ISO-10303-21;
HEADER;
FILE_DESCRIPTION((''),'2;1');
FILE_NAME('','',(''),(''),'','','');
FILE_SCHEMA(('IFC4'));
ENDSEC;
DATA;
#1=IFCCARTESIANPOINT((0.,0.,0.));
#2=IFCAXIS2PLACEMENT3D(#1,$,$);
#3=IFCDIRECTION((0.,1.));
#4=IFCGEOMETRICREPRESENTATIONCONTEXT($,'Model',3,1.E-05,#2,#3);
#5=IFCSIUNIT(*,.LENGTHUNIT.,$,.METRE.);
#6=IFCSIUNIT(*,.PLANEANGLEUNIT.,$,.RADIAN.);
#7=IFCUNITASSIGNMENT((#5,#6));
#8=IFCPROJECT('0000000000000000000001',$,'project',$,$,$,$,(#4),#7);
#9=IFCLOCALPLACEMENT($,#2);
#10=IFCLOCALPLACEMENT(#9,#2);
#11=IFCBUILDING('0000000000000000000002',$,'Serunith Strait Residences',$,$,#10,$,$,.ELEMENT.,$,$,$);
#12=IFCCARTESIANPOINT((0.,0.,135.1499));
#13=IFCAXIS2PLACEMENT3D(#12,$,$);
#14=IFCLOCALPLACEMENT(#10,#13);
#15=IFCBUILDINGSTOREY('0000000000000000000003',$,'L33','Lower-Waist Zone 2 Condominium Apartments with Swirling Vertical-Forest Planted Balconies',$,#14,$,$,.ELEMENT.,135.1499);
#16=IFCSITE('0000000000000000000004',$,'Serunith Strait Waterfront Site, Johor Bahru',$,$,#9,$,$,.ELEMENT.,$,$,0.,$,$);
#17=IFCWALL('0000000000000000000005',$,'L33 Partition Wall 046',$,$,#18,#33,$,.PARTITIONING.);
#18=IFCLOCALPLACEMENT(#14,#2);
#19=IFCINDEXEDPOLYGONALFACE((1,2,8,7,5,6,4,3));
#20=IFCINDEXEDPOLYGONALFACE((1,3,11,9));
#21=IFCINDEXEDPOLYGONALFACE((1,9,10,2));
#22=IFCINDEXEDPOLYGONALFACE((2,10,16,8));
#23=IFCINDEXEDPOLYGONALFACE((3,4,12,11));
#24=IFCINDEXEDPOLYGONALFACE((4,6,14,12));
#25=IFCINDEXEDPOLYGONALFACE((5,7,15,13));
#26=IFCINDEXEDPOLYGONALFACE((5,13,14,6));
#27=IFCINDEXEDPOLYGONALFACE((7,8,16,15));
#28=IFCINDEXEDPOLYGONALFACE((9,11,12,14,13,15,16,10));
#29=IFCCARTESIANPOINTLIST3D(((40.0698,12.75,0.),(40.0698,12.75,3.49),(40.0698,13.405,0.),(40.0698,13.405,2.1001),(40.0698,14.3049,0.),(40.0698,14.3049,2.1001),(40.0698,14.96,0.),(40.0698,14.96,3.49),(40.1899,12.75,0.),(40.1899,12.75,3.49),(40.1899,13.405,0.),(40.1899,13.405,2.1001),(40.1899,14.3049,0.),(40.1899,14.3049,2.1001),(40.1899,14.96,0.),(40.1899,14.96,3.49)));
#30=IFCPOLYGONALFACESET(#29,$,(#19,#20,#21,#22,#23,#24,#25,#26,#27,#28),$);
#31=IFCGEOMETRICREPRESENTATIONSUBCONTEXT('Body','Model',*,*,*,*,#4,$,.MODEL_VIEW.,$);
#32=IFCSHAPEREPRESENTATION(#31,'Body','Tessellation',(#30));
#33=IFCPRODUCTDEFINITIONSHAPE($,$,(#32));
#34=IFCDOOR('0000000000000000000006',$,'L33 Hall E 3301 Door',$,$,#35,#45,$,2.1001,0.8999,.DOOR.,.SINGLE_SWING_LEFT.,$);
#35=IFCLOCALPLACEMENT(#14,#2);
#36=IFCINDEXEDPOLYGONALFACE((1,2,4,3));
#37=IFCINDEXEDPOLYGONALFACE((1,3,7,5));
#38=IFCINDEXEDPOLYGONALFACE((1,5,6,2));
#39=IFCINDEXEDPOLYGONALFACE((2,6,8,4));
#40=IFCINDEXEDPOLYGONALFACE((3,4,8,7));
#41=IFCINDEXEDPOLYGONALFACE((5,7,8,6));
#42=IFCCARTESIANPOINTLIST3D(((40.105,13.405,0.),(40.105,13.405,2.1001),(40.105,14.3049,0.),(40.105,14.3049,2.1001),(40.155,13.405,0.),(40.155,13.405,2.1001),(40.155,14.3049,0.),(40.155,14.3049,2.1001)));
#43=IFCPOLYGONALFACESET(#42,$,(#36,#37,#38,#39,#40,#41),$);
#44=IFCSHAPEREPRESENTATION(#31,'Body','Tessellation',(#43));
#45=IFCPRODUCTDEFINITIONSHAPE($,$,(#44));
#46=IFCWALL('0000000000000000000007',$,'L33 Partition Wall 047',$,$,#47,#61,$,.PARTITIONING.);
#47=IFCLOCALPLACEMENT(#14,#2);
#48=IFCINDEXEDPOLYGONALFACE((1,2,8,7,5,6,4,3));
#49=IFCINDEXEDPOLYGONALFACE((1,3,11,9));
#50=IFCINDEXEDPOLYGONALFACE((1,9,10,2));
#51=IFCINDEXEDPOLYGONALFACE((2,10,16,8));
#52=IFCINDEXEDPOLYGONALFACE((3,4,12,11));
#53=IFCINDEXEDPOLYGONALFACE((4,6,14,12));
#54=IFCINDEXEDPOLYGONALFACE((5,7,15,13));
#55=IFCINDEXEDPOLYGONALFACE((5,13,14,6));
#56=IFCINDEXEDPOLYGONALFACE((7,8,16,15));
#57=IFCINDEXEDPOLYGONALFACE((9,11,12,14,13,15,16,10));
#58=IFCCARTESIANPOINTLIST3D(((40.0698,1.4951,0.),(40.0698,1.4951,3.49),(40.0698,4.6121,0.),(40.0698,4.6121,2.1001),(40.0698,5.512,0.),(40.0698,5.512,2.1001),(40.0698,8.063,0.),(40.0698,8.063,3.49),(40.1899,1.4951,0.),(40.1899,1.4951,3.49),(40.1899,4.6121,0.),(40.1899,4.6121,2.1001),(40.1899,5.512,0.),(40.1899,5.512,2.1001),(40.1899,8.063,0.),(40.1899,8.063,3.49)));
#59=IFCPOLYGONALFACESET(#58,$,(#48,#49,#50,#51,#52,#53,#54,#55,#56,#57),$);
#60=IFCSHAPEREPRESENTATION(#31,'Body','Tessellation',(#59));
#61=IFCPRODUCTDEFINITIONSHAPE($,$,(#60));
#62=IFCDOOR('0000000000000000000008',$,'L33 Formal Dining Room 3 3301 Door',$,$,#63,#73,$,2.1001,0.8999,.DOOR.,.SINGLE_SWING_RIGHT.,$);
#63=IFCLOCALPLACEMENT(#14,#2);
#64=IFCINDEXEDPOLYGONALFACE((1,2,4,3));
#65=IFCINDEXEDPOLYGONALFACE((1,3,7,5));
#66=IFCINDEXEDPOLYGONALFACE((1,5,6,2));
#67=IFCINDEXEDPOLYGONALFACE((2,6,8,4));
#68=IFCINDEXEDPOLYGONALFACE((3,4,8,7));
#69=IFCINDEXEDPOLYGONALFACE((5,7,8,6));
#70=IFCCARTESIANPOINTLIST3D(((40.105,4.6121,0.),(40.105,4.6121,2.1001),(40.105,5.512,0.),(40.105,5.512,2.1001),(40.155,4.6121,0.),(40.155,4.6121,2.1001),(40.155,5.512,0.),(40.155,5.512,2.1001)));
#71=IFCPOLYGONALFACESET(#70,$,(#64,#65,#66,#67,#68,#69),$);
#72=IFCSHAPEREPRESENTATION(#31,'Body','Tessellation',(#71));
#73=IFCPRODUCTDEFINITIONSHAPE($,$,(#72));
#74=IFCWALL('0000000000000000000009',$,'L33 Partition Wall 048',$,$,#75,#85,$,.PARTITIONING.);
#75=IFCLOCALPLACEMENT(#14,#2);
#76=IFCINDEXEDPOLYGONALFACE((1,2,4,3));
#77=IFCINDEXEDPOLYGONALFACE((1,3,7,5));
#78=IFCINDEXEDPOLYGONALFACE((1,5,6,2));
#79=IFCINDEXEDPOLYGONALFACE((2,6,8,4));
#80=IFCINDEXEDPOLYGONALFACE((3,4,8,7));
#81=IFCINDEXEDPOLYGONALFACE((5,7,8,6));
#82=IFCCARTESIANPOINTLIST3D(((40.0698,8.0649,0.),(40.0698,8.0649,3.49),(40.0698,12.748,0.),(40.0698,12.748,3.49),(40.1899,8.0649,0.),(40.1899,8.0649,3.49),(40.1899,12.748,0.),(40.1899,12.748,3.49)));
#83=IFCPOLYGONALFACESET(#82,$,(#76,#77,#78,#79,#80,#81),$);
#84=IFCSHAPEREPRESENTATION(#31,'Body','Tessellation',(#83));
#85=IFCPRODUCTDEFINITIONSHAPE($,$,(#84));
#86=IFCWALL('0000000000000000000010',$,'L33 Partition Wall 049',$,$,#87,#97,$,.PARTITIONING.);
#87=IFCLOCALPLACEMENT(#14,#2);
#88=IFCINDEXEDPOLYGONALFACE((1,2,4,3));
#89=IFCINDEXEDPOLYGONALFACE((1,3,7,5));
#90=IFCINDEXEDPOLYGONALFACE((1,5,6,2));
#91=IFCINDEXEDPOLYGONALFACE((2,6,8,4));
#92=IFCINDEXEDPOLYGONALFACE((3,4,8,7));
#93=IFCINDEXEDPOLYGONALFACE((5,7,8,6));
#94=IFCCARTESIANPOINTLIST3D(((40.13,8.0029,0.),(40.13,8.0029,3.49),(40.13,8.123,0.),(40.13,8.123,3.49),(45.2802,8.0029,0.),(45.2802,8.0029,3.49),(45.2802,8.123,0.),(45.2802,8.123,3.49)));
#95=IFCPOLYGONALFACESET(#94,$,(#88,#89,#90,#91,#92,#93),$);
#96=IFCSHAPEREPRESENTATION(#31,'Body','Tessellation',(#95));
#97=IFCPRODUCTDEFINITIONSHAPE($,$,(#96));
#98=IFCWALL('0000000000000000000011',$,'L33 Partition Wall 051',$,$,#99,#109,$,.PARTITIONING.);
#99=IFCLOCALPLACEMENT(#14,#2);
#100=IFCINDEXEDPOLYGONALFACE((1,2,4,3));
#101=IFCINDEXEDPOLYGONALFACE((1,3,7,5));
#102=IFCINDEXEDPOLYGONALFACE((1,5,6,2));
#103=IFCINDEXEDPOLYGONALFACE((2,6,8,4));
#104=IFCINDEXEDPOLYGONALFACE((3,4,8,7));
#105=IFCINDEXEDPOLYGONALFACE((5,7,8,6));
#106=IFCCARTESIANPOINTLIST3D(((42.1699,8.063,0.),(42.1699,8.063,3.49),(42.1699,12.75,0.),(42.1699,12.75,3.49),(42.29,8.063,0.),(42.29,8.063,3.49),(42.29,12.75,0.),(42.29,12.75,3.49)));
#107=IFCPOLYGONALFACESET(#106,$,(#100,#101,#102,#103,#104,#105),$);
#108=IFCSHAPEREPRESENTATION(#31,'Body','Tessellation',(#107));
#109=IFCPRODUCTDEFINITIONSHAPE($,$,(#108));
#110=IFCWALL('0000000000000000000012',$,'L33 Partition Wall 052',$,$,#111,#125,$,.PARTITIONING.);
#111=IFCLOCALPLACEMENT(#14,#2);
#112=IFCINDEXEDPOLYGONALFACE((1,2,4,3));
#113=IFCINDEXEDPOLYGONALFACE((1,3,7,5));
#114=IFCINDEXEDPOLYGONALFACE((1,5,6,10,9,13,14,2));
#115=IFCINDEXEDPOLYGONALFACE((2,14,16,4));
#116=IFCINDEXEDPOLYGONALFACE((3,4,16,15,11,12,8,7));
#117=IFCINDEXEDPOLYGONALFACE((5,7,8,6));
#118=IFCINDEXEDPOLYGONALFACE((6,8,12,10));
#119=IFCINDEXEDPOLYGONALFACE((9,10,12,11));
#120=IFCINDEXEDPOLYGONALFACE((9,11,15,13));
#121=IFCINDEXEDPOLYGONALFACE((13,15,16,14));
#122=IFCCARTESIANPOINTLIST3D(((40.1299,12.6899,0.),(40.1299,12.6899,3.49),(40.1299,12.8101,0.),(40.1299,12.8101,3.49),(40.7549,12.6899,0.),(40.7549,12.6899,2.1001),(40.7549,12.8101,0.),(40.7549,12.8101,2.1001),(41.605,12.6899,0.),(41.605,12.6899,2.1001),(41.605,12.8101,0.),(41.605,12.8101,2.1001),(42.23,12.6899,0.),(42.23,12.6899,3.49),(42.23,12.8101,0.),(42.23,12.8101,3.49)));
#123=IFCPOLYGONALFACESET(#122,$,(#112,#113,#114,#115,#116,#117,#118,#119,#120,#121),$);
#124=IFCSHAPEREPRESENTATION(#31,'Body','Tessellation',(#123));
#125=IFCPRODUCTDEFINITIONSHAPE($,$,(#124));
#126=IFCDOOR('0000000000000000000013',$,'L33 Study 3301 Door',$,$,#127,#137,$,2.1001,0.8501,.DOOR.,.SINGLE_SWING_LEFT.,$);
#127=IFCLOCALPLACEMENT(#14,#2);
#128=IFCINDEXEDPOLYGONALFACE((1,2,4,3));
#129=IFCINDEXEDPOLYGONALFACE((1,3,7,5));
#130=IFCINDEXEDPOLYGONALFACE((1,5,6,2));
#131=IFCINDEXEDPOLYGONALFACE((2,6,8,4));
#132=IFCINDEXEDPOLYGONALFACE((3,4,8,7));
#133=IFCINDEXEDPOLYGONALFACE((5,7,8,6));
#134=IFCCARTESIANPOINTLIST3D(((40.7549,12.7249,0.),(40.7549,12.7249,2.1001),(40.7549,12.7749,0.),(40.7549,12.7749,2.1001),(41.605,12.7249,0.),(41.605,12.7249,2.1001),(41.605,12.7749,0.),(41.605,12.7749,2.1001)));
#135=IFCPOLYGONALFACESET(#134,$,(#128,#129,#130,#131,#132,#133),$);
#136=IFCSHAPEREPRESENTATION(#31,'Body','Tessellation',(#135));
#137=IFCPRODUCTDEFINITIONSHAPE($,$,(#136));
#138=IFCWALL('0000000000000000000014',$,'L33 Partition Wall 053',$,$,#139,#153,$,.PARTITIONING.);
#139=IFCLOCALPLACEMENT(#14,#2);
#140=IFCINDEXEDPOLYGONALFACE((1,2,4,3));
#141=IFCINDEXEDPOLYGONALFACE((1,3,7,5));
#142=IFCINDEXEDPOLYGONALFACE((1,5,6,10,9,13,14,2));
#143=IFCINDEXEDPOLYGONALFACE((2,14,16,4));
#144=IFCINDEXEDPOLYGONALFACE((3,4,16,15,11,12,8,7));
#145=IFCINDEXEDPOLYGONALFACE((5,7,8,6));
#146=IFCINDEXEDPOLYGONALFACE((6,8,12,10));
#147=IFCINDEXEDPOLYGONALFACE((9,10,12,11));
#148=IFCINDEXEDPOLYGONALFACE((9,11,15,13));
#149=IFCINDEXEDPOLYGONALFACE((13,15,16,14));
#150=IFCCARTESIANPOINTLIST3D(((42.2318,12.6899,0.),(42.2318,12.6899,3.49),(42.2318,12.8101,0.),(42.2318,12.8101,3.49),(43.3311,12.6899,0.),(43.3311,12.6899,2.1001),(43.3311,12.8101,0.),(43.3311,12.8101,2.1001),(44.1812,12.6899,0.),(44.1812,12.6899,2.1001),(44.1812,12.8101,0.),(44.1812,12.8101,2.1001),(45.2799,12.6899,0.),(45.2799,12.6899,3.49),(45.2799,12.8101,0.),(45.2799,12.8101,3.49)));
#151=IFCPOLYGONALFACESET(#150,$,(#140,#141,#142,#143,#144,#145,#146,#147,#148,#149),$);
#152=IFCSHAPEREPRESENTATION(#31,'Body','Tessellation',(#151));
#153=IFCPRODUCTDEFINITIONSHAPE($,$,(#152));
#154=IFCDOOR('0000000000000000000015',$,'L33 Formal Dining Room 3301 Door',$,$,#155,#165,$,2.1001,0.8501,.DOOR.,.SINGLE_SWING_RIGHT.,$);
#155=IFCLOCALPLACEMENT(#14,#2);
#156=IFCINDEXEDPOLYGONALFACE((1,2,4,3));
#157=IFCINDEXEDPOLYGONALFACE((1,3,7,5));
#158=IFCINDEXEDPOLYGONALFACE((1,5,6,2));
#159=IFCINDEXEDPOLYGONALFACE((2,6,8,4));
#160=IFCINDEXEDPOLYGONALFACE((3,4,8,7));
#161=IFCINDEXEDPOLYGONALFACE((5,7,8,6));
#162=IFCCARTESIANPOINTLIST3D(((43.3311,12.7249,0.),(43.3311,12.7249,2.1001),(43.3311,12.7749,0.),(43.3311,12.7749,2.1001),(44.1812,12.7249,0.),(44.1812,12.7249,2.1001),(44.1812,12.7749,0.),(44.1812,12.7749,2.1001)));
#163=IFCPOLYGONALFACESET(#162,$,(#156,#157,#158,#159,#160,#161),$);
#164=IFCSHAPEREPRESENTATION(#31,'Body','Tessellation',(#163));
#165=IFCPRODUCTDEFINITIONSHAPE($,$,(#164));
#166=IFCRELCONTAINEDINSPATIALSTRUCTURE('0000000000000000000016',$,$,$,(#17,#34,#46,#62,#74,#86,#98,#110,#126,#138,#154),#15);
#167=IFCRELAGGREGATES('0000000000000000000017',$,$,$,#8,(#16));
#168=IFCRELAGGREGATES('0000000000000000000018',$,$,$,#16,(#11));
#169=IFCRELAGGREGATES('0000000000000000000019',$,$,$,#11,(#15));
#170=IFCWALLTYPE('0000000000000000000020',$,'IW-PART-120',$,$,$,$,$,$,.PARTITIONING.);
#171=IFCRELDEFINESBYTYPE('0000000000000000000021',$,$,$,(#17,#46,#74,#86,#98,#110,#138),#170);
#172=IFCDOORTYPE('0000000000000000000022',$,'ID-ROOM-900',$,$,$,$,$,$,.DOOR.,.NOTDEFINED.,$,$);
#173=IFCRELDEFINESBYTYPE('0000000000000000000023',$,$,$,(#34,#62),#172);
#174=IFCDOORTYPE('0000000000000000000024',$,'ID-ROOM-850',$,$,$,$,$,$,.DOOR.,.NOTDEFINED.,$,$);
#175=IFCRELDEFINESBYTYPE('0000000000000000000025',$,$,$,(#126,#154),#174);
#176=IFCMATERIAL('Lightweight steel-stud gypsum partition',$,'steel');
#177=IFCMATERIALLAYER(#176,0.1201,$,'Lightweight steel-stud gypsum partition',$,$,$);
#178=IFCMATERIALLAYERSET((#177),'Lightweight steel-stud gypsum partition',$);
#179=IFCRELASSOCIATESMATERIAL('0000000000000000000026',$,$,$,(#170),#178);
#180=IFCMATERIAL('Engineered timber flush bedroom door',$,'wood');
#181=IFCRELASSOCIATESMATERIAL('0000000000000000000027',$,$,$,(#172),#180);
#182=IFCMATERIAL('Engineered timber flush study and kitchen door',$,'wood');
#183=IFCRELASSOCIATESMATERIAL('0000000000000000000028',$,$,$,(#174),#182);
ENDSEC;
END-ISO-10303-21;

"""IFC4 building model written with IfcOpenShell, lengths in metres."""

from ifc_helpers import new_model, si_unit, direction, frame, frame_2d, origin, place, context, subcontext, project, spatial, rectangle, extrude, source, transform, mapped, material, layer, layer_set, type_object, element, fill, save


model = new_model("IFC4")

# Units and contexts
model_context = context("Model", 3, precision=1e-05, world=origin(), true_north=direction((0.0, 1.0)))
body_context = subcontext(model_context, "Body", "Model", "MODEL_VIEW")
ifc_project = project(units=[si_unit("LENGTHUNIT", "METRE"), si_unit("PLANEANGLEUNIT", "RADIAN")], contexts=[model_context])

# Site, building, storey
site_placement = place(None, origin())
site = spatial("IfcSite", under=ifc_project, at=site_placement, Name="Serunith Strait Waterfront Site, Johor Bahru", CompositionType="ELEMENT", RefElevation=0.0)
building_placement = place(site_placement, origin())
building = spatial("IfcBuilding", under=site, at=building_placement, Name="Serunith Strait Residences", CompositionType="ELEMENT")
storey_placement = place(building_placement, frame((0.0, 0.0, 135.1499)))
storey = spatial("IfcBuildingStorey", under=building, at=storey_placement, Name="L33", Description="Lower-Waist Zone 2 Condominium Apartments with Swirling Vertical-Forest Planted Balconies", CompositionType="ELEMENT", Elevation=135.1499)

# Shared definitions
ifc_material_1 = material(Name="Lightweight steel-stud gypsum partition", Category="steel")
ifc_layer_1 = layer(ifc_material_1, 0.1201, Name="Lightweight steel-stud gypsum partition")
ifc_layer_set_1 = layer_set([ifc_layer_1], Name="Lightweight steel-stud gypsum partition")
wall_type = type_object("IfcWallType", Name="IW-PART-120", PredefinedType="PARTITIONING", material=ifc_layer_set_1)

# Walls, openings, doors
wall_1_placement = place(storey_placement, frame((40.1299, 12.75, 0.0), z_axis=(0.0, 0.0, 1.0), x_axis=(0.0, 1.0, 0.0)))
wall_1 = element("IfcWall", 1, at=wall_1_placement, inside=storey, type_object=wall_type, Name="L33 Partition Wall 046", PredefinedType="PARTITIONING", context=body_context, shape_type="SweptSolid", body=[
    extrude(rectangle(XDim=2.21, YDim=0.1201, at=frame_2d((1.105, 0.0))), origin(), (0.0, 0.0, 1.0), 3.49),
])
opening_1_placement = place(wall_1_placement, frame((0.655, 0.0, 0.0)))
opening_1 = element("IfcOpeningElement", 2, at=opening_1_placement, cuts=wall_1, PredefinedType="OPENING", context=body_context, shape_type="SweptSolid", body=[
    extrude(rectangle(XDim=0.8999, YDim=2.1001, at=frame_2d((0.45, 1.05))), frame((0.0, 0.0701, 0.0), z_axis=(0.0, -1.0, 0.0), x_axis=(1.0, 0.0, 0.0)), (0.0, 0.0, 1.0), 0.1401),
])
ifc_material_2 = material(Name="Engineered timber flush bedroom door", Category="wood")
door_type_1 = type_object("IfcDoorType", Name="ID-ROOM-900", OperationType="NOTDEFINED", PredefinedType="DOOR", material=ifc_material_2)
shared_shape_1 = source(origin(), body_context, "Body", "SweptSolid", [
    extrude(rectangle(XDim=0.8999, YDim=2.1001, at=frame_2d((0.45, 1.05))), frame((0.0, 0.0249, 0.0), z_axis=(0.0, -1.0, 0.0), x_axis=(1.0, 0.0, 0.0)), (0.0, 0.0, 1.0), 0.05),
])
door_1_placement = place(opening_1_placement, origin())
door_1 = element("IfcDoor", 3, at=door_1_placement, inside=storey, type_object=door_type_1, Name="L33 Hall E 3301 Door", OperationType="SINGLE_SWING_LEFT", OverallHeight=2.1001, OverallWidth=0.8999, PredefinedType="DOOR", context=body_context, shape_type="MappedRepresentation", body=[
    mapped(shared_shape_1, transform((0.0, 0.0, 0.0), scale=1.0)),
])
fill(opening_1, door_1)
wall_2_placement = place(storey_placement, frame((40.1299, 1.4951, 0.0), z_axis=(0.0, 0.0, 1.0), x_axis=(0.0, 1.0, 0.0)))
wall_2 = element("IfcWall", 4, at=wall_2_placement, inside=storey, type_object=wall_type, Name="L33 Partition Wall 047", PredefinedType="PARTITIONING", context=body_context, shape_type="SweptSolid", body=[
    extrude(rectangle(XDim=6.5679, YDim=0.1201, at=frame_2d((3.2839, 0.0))), origin(), (0.0, 0.0, 1.0), 3.49),
])
opening_2_placement = place(wall_2_placement, frame((3.1169, 0.0, 0.0)))
opening_2 = element("IfcOpeningElement", 5, at=opening_2_placement, cuts=wall_2, PredefinedType="OPENING", context=body_context, shape_type="SweptSolid", body=[
    extrude(rectangle(XDim=0.8999, YDim=2.1001, at=frame_2d((0.45, 1.05))), frame((0.0, 0.0701, 0.0), z_axis=(0.0, -1.0, 0.0), x_axis=(1.0, 0.0, 0.0)), (0.0, 0.0, 1.0), 0.1401),
])
door_2_placement = place(opening_2_placement, origin())
door_2 = element("IfcDoor", 6, at=door_2_placement, inside=storey, type_object=door_type_1, Name="L33 Formal Dining Room 3 3301 Door", OperationType="SINGLE_SWING_RIGHT", OverallHeight=2.1001, OverallWidth=0.8999, PredefinedType="DOOR", context=body_context, shape_type="MappedRepresentation", body=[
    mapped(shared_shape_1, transform((0.0, 0.0, 0.0), scale=1.0)),
])
fill(opening_2, door_2)

# Walls
wall_3_placement = place(storey_placement, frame((40.1299, 8.0649, 0.0), z_axis=(0.0, 0.0, 1.0), x_axis=(0.0, 1.0, 0.0)))
element("IfcWall", 7, at=wall_3_placement, inside=storey, type_object=wall_type, Name="L33 Partition Wall 048", PredefinedType="PARTITIONING", context=body_context, shape_type="SweptSolid", body=[
    extrude(rectangle(XDim=4.6831, YDim=0.1201, at=frame_2d((2.3416, 0.0))), origin(), (0.0, 0.0, 1.0), 3.49),
])
wall_4_placement = place(storey_placement, frame((40.1299, 8.063, 0.0), z_axis=(0.0, 0.0, 1.0), x_axis=(1.0, 0.0, 0.0)))
element("IfcWall", 8, at=wall_4_placement, inside=storey, type_object=wall_type, Name="L33 Partition Wall 049", PredefinedType="PARTITIONING", context=body_context, shape_type="SweptSolid", body=[
    extrude(rectangle(XDim=5.1501, YDim=0.1201, at=frame_2d((2.5752, 0.0))), origin(), (0.0, 0.0, 1.0), 3.49),
])
wall_5_placement = place(storey_placement, frame((42.23, 8.063, 0.0), z_axis=(0.0, 0.0, 1.0), x_axis=(0.0, 1.0, 0.0)))
element("IfcWall", 9, at=wall_5_placement, inside=storey, type_object=wall_type, Name="L33 Partition Wall 051", PredefinedType="PARTITIONING", context=body_context, shape_type="SweptSolid", body=[
    extrude(rectangle(XDim=4.687, YDim=0.1201, at=frame_2d((2.3435, 0.0))), origin(), (0.0, 0.0, 1.0), 3.49),
])

# Walls, openings, doors
wall_6_placement = place(storey_placement, frame((40.1299, 12.75, 0.0), z_axis=(0.0, 0.0, 1.0), x_axis=(1.0, 0.0, 0.0)))
wall_6 = element("IfcWall", 10, at=wall_6_placement, inside=storey, type_object=wall_type, Name="L33 Partition Wall 052", PredefinedType="PARTITIONING", context=body_context, shape_type="SweptSolid", body=[
    extrude(rectangle(XDim=2.1001, YDim=0.1201, at=frame_2d((1.05, 0.0))), origin(), (0.0, 0.0, 1.0), 3.49),
])
opening_3_placement = place(wall_6_placement, frame((0.625, 0.0, 0.0)))
opening_3 = element("IfcOpeningElement", 11, at=opening_3_placement, cuts=wall_6, PredefinedType="OPENING", context=body_context, shape_type="SweptSolid", body=[
    extrude(rectangle(XDim=0.8501, YDim=2.1001, at=frame_2d((0.425, 1.05))), frame((0.0, 0.0701, 0.0), z_axis=(0.0, -1.0, 0.0), x_axis=(1.0, 0.0, 0.0)), (0.0, 0.0, 1.0), 0.1401),
])
ifc_material_3 = material(Name="Engineered timber flush study and kitchen door", Category="wood")
door_type_2 = type_object("IfcDoorType", Name="ID-ROOM-850", OperationType="NOTDEFINED", PredefinedType="DOOR", material=ifc_material_3)
shared_shape_2 = source(origin(), body_context, "Body", "SweptSolid", [
    extrude(rectangle(XDim=0.8501, YDim=2.1001, at=frame_2d((0.425, 1.05))), frame((0.0, 0.0249, 0.0), z_axis=(0.0, -1.0, 0.0), x_axis=(1.0, 0.0, 0.0)), (0.0, 0.0, 1.0), 0.05),
])
door_3_placement = place(opening_3_placement, origin())
door_3 = element("IfcDoor", 12, at=door_3_placement, inside=storey, type_object=door_type_2, Name="L33 Study 3301 Door", OperationType="SINGLE_SWING_LEFT", OverallHeight=2.1001, OverallWidth=0.8501, PredefinedType="DOOR", context=body_context, shape_type="MappedRepresentation", body=[
    mapped(shared_shape_2, transform((0.0, 0.0, 0.0), scale=1.0)),
])
fill(opening_3, door_3)
wall_7_placement = place(storey_placement, frame((42.2319, 12.75, 0.0), z_axis=(0.0, 0.0, 1.0), x_axis=(1.0, 0.0, 0.0)))
wall_7 = element("IfcWall", 13, at=wall_7_placement, inside=storey, type_object=wall_type, Name="L33 Partition Wall 053", PredefinedType="PARTITIONING", context=body_context, shape_type="SweptSolid", body=[
    extrude(rectangle(XDim=3.0481, YDim=0.1201, at=frame_2d((1.5239, 0.0))), origin(), (0.0, 0.0, 1.0), 3.49),
])
opening_4_placement = place(wall_7_placement, frame((1.0991, 0.0, 0.0)))
opening_4 = element("IfcOpeningElement", 14, at=opening_4_placement, cuts=wall_7, PredefinedType="OPENING", context=body_context, shape_type="SweptSolid", body=[
    extrude(rectangle(XDim=0.8501, YDim=2.1001, at=frame_2d((0.425, 1.05))), frame((0.0, 0.0701, 0.0), z_axis=(0.0, -1.0, 0.0), x_axis=(1.0, 0.0, 0.0)), (0.0, 0.0, 1.0), 0.1401),
])
door_4_placement = place(opening_4_placement, origin())
door_4 = element("IfcDoor", 15, at=door_4_placement, inside=storey, type_object=door_type_2, Name="L33 Formal Dining Room 3301 Door", OperationType="SINGLE_SWING_RIGHT", OverallHeight=2.1001, OverallWidth=0.8501, PredefinedType="DOOR", context=body_context, shape_type="MappedRepresentation", body=[
    mapped(shared_shape_2, transform((0.0, 0.0, 0.0), scale=1.0)),
])
fill(opening_4, door_4)

save(model, "model.ifc")
